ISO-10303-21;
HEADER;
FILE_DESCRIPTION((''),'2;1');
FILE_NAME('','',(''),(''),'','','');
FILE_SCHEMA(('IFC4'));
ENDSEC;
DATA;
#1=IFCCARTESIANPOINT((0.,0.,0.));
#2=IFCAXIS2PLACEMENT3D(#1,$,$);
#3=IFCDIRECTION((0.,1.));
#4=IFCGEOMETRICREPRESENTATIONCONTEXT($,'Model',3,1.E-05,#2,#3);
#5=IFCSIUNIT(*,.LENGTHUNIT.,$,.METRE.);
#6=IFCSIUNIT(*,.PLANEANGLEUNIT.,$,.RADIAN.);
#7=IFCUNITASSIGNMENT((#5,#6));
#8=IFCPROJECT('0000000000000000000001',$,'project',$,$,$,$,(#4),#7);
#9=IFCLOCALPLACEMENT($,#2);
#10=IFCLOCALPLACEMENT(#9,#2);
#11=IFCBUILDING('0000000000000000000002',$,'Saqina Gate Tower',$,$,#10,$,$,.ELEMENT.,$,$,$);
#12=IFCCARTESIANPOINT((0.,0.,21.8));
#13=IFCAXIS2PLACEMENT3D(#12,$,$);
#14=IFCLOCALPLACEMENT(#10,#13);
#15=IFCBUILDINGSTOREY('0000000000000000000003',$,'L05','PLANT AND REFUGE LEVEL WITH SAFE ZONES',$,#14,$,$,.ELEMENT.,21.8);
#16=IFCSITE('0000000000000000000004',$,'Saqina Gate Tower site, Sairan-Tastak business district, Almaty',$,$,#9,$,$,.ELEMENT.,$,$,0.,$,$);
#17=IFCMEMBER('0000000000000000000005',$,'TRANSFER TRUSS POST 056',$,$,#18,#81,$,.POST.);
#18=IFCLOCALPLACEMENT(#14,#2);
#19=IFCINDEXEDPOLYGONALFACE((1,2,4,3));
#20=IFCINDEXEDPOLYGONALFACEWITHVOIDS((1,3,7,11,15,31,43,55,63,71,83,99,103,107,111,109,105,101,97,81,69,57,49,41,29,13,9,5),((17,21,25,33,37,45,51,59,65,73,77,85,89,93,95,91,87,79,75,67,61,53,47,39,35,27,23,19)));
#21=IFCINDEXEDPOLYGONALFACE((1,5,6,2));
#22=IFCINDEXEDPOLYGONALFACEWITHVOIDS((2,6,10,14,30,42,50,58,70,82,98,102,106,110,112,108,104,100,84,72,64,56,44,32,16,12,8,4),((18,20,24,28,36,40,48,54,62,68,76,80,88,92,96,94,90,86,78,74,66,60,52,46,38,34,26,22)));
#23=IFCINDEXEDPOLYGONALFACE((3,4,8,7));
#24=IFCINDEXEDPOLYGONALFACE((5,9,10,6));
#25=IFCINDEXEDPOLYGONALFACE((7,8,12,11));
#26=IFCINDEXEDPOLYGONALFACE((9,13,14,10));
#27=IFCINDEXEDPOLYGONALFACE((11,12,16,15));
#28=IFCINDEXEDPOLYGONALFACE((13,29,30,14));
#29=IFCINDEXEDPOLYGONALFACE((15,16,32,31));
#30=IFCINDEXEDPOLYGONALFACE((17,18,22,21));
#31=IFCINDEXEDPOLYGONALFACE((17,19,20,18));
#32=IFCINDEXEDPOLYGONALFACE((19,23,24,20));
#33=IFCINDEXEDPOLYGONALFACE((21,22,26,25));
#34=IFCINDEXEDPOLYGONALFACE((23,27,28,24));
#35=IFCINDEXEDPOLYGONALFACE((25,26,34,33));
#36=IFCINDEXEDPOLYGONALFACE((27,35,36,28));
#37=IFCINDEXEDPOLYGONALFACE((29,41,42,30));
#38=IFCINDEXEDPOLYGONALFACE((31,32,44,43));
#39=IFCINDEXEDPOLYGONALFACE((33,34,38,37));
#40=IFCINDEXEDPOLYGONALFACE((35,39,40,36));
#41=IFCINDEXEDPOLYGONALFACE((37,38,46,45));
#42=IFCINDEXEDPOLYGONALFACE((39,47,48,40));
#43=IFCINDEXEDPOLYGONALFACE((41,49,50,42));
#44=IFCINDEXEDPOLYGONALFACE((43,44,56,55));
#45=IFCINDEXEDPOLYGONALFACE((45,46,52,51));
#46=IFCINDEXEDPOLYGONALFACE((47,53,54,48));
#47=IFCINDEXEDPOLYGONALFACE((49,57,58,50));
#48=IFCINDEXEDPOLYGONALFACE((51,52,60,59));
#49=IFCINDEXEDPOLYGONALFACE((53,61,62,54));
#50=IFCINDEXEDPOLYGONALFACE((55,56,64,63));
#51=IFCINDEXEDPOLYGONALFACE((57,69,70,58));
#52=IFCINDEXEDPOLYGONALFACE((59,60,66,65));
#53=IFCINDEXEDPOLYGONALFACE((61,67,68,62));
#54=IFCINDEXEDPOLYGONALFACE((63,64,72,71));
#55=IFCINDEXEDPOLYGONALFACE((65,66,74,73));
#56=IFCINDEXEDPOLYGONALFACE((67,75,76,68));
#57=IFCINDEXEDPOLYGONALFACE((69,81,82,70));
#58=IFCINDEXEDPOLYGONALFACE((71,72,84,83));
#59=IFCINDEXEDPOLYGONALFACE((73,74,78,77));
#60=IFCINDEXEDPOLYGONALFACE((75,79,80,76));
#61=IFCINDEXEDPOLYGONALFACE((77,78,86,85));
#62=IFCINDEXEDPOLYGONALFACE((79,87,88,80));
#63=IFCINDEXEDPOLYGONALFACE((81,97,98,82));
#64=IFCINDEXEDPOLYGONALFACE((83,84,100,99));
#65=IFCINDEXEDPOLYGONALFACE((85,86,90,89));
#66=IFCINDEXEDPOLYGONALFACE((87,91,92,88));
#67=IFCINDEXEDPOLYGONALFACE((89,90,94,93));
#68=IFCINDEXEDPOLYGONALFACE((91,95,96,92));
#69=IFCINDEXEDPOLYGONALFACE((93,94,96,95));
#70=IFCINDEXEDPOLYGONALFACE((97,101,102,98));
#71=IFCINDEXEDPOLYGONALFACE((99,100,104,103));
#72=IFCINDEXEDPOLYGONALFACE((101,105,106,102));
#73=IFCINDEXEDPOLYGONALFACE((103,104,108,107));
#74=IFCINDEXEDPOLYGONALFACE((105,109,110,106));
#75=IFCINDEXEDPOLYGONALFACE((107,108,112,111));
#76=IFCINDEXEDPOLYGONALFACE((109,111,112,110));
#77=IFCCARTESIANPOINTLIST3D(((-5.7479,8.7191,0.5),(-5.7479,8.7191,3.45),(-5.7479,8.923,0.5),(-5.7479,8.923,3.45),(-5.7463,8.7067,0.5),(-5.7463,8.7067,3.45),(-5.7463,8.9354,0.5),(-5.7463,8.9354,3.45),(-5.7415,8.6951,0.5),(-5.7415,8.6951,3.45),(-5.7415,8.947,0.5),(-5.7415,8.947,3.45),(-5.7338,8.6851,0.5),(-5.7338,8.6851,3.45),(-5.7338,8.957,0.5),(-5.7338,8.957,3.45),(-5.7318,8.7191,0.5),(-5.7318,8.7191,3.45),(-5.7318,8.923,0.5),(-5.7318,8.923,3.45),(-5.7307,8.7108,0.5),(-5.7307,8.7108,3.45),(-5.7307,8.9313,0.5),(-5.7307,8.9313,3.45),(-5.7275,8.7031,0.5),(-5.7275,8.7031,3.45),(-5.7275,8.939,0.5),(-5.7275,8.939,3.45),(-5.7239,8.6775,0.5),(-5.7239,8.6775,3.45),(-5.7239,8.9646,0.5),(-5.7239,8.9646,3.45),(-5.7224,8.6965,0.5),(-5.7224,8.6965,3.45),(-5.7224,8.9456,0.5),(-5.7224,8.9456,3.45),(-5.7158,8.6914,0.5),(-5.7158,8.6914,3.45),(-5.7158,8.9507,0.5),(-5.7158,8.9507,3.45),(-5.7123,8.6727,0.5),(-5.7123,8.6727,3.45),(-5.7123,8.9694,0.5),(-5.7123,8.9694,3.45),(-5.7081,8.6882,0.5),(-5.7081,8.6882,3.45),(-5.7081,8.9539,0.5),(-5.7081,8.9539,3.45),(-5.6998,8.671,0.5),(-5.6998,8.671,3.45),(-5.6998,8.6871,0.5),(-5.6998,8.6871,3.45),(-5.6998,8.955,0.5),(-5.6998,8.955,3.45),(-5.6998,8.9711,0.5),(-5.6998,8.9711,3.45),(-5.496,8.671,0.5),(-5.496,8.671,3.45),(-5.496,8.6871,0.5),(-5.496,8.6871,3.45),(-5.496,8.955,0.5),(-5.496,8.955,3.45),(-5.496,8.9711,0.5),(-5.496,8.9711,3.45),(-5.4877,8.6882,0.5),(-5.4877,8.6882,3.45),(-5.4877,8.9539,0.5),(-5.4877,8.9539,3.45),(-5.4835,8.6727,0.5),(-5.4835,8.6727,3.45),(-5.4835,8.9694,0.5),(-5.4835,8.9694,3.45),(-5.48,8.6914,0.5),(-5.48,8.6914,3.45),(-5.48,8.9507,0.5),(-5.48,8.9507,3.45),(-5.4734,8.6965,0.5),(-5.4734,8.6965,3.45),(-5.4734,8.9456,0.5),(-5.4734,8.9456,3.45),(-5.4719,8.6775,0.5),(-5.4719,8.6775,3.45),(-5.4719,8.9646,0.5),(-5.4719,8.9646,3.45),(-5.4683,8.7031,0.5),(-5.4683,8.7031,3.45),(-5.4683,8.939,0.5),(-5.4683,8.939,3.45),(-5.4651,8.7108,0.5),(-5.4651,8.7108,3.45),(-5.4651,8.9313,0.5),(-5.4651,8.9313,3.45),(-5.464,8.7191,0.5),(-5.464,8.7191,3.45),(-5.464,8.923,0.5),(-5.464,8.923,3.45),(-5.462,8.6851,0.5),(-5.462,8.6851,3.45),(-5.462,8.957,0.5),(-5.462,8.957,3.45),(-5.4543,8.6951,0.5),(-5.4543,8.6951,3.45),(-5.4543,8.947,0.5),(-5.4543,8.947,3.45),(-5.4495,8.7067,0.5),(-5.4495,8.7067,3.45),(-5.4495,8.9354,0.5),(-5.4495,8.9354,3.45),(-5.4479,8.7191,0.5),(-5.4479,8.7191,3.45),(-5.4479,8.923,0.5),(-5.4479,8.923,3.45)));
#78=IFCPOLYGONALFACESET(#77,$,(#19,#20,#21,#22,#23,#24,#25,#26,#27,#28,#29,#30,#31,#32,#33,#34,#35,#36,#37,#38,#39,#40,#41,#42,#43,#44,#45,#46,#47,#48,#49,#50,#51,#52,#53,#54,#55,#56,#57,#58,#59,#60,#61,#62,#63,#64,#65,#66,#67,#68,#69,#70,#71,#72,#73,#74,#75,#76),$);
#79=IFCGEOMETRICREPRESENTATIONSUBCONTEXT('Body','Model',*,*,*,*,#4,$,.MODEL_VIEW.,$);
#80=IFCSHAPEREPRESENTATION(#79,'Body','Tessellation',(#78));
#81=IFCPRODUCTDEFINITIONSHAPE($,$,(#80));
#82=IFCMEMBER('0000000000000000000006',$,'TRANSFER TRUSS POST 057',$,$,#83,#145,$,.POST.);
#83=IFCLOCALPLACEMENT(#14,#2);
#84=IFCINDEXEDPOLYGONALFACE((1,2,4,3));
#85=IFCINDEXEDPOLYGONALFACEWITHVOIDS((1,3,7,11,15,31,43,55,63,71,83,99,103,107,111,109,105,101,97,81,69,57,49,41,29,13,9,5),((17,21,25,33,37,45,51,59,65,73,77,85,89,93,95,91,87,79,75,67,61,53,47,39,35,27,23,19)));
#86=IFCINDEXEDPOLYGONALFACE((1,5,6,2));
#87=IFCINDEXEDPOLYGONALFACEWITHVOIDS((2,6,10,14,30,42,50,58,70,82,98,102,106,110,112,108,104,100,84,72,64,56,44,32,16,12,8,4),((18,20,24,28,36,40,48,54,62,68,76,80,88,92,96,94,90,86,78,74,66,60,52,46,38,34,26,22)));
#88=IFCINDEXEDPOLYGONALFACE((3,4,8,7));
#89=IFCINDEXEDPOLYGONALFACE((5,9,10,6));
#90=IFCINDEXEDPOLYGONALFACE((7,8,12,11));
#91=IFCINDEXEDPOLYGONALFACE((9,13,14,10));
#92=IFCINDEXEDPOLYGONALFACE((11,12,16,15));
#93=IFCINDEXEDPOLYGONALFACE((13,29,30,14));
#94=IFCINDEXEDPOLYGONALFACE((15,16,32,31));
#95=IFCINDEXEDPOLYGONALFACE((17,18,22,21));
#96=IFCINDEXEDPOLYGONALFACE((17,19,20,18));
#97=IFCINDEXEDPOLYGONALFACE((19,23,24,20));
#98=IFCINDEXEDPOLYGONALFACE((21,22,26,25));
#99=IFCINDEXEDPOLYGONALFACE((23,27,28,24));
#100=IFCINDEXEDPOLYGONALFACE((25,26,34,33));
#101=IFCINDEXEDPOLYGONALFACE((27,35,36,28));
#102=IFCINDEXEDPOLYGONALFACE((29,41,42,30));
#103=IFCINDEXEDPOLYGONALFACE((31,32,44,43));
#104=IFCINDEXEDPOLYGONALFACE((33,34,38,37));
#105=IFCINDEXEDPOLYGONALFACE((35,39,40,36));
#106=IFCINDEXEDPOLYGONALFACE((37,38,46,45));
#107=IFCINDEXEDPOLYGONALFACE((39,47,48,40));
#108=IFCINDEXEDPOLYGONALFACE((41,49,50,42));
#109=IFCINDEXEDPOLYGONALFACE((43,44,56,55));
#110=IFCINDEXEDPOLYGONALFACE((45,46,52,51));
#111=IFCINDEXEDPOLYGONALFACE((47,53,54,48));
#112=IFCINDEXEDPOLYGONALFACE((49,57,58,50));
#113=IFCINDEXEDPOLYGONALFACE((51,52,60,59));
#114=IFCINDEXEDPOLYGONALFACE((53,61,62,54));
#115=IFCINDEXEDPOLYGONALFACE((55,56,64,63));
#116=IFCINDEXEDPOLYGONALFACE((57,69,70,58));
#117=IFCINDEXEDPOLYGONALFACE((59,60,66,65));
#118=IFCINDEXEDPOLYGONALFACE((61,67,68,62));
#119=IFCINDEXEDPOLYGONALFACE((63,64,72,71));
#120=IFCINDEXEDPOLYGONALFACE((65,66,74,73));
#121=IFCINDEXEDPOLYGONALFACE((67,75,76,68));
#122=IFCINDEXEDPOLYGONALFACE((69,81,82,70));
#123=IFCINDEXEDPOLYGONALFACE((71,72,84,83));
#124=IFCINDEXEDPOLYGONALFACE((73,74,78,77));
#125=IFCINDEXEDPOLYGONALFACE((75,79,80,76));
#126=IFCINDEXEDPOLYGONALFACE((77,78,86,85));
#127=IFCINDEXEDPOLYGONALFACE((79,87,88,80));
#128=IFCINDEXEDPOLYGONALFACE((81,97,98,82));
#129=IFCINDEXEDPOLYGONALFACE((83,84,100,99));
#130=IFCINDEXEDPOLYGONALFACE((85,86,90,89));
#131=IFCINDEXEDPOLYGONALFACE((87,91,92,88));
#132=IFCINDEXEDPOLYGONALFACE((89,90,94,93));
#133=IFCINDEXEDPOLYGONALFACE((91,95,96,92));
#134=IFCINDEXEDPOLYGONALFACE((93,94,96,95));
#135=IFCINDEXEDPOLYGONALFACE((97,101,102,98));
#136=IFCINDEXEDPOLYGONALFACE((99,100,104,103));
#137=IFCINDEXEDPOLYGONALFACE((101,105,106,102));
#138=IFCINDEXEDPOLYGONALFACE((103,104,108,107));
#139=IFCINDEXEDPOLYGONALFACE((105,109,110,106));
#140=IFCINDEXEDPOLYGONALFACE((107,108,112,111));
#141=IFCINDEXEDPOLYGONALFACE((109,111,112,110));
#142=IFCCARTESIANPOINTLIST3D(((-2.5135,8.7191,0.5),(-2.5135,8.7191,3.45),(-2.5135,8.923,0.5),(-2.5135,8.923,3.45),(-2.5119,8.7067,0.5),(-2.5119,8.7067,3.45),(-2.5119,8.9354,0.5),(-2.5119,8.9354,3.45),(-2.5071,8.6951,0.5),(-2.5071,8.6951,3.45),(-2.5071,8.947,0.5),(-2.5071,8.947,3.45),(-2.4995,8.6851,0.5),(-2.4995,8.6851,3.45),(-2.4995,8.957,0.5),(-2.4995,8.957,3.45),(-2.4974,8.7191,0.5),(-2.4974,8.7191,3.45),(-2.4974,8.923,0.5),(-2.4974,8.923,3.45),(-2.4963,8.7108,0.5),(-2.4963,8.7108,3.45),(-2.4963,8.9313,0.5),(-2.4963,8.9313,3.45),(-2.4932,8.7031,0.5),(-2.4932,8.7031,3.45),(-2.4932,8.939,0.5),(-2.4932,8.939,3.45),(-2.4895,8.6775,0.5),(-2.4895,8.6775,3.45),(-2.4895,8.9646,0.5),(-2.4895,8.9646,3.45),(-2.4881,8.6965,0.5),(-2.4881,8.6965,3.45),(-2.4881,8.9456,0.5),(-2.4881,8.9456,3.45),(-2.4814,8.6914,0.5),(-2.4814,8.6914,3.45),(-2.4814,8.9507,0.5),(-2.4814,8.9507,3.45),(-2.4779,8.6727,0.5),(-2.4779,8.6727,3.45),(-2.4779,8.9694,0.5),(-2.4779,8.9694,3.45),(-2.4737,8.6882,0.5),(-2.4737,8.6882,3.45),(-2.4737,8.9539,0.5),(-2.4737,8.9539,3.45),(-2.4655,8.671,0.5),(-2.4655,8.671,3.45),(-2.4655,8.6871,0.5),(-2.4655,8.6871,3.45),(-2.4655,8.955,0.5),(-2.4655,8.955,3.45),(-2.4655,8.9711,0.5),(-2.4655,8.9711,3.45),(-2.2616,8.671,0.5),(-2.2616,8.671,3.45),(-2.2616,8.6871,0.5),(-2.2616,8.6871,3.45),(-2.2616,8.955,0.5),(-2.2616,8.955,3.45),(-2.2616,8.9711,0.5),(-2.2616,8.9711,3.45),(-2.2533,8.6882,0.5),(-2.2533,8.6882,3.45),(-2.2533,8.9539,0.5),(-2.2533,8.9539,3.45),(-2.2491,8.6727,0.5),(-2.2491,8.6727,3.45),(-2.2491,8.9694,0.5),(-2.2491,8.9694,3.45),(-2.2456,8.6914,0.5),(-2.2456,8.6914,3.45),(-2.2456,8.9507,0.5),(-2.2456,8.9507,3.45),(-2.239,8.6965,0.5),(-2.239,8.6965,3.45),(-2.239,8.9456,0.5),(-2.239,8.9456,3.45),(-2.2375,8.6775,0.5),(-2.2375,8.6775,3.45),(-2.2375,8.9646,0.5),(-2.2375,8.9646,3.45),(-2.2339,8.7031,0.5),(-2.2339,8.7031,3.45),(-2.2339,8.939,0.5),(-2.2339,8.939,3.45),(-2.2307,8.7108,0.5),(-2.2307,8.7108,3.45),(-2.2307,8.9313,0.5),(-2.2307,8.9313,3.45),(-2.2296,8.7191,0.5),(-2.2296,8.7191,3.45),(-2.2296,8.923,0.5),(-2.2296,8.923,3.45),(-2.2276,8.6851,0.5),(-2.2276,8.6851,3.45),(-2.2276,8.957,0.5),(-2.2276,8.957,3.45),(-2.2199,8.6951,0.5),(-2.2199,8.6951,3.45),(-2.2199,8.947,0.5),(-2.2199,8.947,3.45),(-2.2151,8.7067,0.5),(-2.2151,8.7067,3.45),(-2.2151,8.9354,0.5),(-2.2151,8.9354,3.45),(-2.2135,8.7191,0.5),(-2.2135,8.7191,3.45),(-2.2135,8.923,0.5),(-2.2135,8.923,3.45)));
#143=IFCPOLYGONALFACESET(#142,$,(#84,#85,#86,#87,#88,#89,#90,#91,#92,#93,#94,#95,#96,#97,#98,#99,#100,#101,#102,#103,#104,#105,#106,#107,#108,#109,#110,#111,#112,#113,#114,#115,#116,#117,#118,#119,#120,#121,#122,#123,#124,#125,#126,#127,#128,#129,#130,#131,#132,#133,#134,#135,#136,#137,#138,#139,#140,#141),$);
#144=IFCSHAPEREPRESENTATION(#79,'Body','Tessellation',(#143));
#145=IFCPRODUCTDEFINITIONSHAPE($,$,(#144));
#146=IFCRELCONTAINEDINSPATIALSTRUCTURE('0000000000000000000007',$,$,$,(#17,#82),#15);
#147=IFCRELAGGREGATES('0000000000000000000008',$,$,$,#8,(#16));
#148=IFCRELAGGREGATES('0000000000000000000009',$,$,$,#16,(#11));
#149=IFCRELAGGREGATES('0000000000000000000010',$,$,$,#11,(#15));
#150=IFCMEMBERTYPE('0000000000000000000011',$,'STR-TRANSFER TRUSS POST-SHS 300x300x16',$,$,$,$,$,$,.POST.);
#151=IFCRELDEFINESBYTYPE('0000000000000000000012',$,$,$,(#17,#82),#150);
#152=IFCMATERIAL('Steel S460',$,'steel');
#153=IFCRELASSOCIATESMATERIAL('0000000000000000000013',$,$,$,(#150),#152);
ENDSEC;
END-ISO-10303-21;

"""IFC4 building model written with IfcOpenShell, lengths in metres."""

from ifc_helpers import new_model, si_unit, direction, frame, origin, origin_2d, place, context, subcontext, project, spatial, hollow_rectangle, extrude, material, material_profile, profile_set, type_object, element, save


model = new_model("IFC4")

# Units and contexts
model_context = context("Model", 3, precision=1e-05, world=origin(), true_north=direction((0.0, 1.0)))
body_context = subcontext(model_context, "Body", "Model", "MODEL_VIEW")
ifc_project = project(units=[si_unit("LENGTHUNIT", "METRE"), si_unit("PLANEANGLEUNIT", "RADIAN")], contexts=[model_context])

# Site, building, storey
site_placement = place(None, origin())
site = spatial("IfcSite", under=ifc_project, at=site_placement, Name="Saqina Gate Tower site, Sairan-Tastak business district, Almaty", CompositionType="ELEMENT", RefElevation=0.0)
building_placement = place(site_placement, origin())
building = spatial("IfcBuilding", under=site, at=building_placement, Name="Saqina Gate Tower", CompositionType="ELEMENT")
storey_placement = place(building_placement, frame((0.0, 0.0, 21.8)))
storey = spatial("IfcBuildingStorey", under=building, at=storey_placement, Name="L05", Description="PLANT AND REFUGE LEVEL WITH SAFE ZONES", CompositionType="ELEMENT", Elevation=21.8)

# Members
ifc_material_1 = material(Name="Steel S460", Category="steel")
ifc_material_profile_1 = material_profile(ifc_material_1, hollow_rectangle(XDim=0.3, YDim=0.3, WallThickness=0.0161, InnerFilletRadius=0.032, OuterFilletRadius=0.0481, at=origin_2d()), Name="SHS 300x300x16")
ifc_profile_set_1 = profile_set([ifc_material_profile_1], Name="Steel S460")
member_type_1 = type_object("IfcMemberType", Name="STR-TRANSFER TRUSS POST-SHS 300x300x16", PredefinedType="POST", material=ifc_profile_set_1)
for number, where, z_axis, x_axis, name in (
    (1, (-5.5979, 8.821, 0.5), (0.0, 0.0, 1.0), (1.0, 0.0, 0.0), "TRANSFER TRUSS POST 056"),
    (2, (-2.3635, 8.821, 0.5), (0.0, 0.0, 1.0), (1.0, 0.0, 0.0), "TRANSFER TRUSS POST 057"),
):
    element("IfcMember", number, at=place(storey_placement, frame(where, z_axis=z_axis, x_axis=x_axis)), inside=storey, type_object=member_type_1, Name=name, PredefinedType="POST", context=body_context, shape_type="SweptSolid", body=[
        extrude(hollow_rectangle(XDim=0.3, YDim=0.3, WallThickness=0.0161, InnerFilletRadius=0.032, OuterFilletRadius=0.0481, at=origin_2d()), origin(), (0.0, 0.0, 1.0), 2.95),
    ])

save(model, "model.ifc")
